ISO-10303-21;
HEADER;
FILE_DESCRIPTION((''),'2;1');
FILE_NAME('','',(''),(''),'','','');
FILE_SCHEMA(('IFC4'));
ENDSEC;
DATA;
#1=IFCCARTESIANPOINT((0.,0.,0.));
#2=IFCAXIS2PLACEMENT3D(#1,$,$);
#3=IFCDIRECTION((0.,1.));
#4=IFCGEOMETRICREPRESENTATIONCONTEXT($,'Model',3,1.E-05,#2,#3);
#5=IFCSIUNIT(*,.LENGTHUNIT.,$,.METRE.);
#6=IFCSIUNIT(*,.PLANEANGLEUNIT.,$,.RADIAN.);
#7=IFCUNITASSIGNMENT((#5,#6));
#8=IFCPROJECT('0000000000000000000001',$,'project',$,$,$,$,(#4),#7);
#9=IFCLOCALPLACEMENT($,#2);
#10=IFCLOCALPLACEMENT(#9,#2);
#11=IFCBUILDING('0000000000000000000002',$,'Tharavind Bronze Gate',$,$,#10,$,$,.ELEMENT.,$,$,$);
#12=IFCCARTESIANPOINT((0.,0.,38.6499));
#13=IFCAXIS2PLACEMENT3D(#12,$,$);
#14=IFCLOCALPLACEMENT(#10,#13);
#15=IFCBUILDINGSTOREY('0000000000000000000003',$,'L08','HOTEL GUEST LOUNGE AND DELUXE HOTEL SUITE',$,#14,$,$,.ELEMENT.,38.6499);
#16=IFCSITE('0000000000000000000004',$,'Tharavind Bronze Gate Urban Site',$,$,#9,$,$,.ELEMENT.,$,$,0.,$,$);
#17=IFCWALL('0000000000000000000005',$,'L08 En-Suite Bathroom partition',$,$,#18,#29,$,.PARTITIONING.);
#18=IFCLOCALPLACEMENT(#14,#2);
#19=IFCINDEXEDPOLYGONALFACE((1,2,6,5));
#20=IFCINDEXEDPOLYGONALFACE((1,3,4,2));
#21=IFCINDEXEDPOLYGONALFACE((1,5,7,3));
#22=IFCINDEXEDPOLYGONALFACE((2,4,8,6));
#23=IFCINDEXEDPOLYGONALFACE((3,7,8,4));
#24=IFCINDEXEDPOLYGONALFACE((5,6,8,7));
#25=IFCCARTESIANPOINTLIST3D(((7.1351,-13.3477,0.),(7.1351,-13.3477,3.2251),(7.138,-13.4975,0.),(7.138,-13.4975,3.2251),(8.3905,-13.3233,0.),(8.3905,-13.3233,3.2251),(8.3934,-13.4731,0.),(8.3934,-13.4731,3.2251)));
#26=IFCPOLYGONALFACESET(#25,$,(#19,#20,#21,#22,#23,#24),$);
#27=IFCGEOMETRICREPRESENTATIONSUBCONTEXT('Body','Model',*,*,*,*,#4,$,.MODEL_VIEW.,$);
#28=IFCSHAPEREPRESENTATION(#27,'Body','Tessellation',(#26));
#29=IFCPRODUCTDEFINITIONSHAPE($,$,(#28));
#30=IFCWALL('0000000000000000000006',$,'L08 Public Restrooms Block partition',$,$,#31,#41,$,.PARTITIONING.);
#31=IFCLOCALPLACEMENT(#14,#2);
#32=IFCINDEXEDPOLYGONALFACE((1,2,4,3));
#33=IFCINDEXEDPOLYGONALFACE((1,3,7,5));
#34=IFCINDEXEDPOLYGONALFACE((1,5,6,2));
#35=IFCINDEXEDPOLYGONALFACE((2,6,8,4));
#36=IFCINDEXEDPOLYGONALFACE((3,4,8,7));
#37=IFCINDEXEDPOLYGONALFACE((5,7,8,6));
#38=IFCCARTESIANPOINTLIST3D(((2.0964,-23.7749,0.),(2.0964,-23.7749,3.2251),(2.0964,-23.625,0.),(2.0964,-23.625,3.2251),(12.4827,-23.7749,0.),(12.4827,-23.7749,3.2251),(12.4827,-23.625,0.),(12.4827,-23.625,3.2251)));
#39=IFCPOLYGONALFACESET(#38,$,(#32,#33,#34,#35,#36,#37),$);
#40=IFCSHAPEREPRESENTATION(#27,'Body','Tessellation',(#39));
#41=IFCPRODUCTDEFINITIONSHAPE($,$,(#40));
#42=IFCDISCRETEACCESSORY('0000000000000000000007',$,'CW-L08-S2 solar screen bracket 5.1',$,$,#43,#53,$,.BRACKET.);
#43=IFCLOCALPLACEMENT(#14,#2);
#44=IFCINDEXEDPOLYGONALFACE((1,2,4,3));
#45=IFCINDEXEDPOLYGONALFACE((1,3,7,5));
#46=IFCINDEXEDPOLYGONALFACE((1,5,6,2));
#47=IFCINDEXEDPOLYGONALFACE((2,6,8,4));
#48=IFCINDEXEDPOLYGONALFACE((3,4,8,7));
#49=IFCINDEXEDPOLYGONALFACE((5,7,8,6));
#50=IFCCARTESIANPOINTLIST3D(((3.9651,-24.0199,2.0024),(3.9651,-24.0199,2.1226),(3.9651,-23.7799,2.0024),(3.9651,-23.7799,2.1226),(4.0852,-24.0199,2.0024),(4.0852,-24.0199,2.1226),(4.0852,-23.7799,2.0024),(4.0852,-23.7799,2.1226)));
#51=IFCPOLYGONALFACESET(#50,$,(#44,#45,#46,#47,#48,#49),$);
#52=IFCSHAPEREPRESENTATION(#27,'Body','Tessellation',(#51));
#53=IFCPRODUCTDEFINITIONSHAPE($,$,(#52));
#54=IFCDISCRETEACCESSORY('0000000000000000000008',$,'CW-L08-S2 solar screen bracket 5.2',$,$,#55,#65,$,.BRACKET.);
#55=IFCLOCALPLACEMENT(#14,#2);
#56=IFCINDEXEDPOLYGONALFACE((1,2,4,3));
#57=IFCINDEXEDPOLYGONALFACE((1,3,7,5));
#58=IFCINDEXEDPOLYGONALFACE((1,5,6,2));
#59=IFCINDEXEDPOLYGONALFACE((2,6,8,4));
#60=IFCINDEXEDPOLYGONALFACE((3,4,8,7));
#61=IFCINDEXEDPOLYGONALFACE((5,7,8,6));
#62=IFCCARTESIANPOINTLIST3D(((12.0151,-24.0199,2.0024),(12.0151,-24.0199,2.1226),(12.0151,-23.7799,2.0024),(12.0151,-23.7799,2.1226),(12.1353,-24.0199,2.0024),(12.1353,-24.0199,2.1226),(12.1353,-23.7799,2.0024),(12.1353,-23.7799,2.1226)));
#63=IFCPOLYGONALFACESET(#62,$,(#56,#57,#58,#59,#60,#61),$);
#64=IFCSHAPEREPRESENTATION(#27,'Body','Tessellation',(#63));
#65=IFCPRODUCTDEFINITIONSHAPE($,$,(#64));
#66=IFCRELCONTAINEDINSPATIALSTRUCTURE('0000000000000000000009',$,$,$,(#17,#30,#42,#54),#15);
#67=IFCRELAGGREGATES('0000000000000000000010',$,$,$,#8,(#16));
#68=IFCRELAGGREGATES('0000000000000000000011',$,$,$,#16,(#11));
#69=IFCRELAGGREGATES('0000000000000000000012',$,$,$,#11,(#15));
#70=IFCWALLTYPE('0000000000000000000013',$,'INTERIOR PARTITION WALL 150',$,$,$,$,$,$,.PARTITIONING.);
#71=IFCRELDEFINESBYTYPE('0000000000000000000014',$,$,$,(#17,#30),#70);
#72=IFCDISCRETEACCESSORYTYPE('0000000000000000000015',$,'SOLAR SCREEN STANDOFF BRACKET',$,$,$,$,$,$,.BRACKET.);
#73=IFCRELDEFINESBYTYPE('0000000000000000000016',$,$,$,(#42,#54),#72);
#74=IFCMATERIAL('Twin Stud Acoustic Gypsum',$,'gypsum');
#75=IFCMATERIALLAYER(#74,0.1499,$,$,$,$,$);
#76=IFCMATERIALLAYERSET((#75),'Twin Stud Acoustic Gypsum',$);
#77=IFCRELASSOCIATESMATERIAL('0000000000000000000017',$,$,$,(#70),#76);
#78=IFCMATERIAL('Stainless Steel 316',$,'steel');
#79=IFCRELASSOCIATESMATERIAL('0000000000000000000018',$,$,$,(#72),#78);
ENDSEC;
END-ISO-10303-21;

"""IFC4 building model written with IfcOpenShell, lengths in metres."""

from ifc_helpers import new_model, si_unit, direction, frame, frame_2d, origin, origin_2d, place, context, subcontext, project, spatial, rectangle, extrude, material, layer, layer_set, type_object, element, save


model = new_model("IFC4")

# Units and contexts
model_context = context("Model", 3, precision=1e-05, world=origin(), true_north=direction((0.0, 1.0)))
body_context = subcontext(model_context, "Body", "Model", "MODEL_VIEW")
ifc_project = project(units=[si_unit("LENGTHUNIT", "METRE"), si_unit("PLANEANGLEUNIT", "RADIAN")], contexts=[model_context])

# Site, building, storey
site_placement = place(None, origin())
site = spatial("IfcSite", under=ifc_project, at=site_placement, Name="Tharavind Bronze Gate Urban Site", CompositionType="ELEMENT", RefElevation=0.0)
building_placement = place(site_placement, origin())
building = spatial("IfcBuilding", under=site, at=building_placement, Name="Tharavind Bronze Gate", CompositionType="ELEMENT")
storey_placement = place(building_placement, frame((0.0, 0.0, 38.6499)))
storey = spatial("IfcBuildingStorey", under=building, at=storey_placement, Name="L08", Description="HOTEL GUEST LOUNGE AND DELUXE HOTEL SUITE", CompositionType="ELEMENT", Elevation=38.6499)

# Walls
ifc_material_1 = material(Name="Twin Stud Acoustic Gypsum", Category="gypsum")
ifc_layer_1 = layer(ifc_material_1, 0.1499)
ifc_layer_set_1 = layer_set([ifc_layer_1], Name="Twin Stud Acoustic Gypsum")
wall_type_1 = type_object("IfcWallType", Name="INTERIOR PARTITION WALL 150", PredefinedType="PARTITIONING", material=ifc_layer_set_1)
wall_1_placement = place(storey_placement, frame((8.3921, -13.3982, 0.0), z_axis=(0.0, 0.0, 1.0), x_axis=(-0.999811, -0.019444, 0.0)))
element("IfcWall", 1, at=wall_1_placement, inside=storey, type_object=wall_type_1, Name="L08 En-Suite Bathroom partition", PredefinedType="PARTITIONING", context=body_context, shape_type="SweptSolid", body=[
    extrude(rectangle(XDim=1.2556, YDim=0.1499, at=frame_2d((0.6279, 0.0))), origin(), (0.0, 0.0, 1.0), 3.2251),
])
wall_2_placement = place(storey_placement, frame((12.4827, -23.7, 0.0), z_axis=(0.0, 0.0, 1.0), x_axis=(-1.0, 0.0, 0.0)))
element("IfcWall", 2, at=wall_2_placement, inside=storey, type_object=wall_type_1, Name="L08 Public Restrooms Block partition", PredefinedType="PARTITIONING", context=body_context, shape_type="SweptSolid", body=[
    extrude(rectangle(XDim=10.3862, YDim=0.1499, at=frame_2d((5.1931, 0.0))), origin(), (0.0, 0.0, 1.0), 3.2251),
])

# Discrete accessories
ifc_material_2 = material(Name="Stainless Steel 316", Category="steel")
discrete_accessory_type = type_object("IfcDiscreteAccessoryType", Name="SOLAR SCREEN STANDOFF BRACKET", PredefinedType="BRACKET", material=ifc_material_2)
for number, where, z_axis, x_axis, name in (
    (3, (4.0251, -23.8999, 2.0024), (0.0, 0.0, 1.0), (1.0, 0.0, 0.0), "CW-L08-S2 solar screen bracket 5.1"),
    (4, (12.0752, -23.8999, 2.0024), (0.0, 0.0, 1.0), (1.0, 0.0, 0.0), "CW-L08-S2 solar screen bracket 5.2"),
):
    element("IfcDiscreteAccessory", number, at=place(storey_placement, frame(where, z_axis=z_axis, x_axis=x_axis)), inside=storey, type_object=discrete_accessory_type, Name=name, PredefinedType="BRACKET", context=body_context, shape_type="SweptSolid", body=[
        extrude(rectangle(XDim=0.1201, YDim=0.24, at=origin_2d()), origin(), (0.0, 0.0, 1.0), 0.1201),
    ])

save(model, "model.ifc")
